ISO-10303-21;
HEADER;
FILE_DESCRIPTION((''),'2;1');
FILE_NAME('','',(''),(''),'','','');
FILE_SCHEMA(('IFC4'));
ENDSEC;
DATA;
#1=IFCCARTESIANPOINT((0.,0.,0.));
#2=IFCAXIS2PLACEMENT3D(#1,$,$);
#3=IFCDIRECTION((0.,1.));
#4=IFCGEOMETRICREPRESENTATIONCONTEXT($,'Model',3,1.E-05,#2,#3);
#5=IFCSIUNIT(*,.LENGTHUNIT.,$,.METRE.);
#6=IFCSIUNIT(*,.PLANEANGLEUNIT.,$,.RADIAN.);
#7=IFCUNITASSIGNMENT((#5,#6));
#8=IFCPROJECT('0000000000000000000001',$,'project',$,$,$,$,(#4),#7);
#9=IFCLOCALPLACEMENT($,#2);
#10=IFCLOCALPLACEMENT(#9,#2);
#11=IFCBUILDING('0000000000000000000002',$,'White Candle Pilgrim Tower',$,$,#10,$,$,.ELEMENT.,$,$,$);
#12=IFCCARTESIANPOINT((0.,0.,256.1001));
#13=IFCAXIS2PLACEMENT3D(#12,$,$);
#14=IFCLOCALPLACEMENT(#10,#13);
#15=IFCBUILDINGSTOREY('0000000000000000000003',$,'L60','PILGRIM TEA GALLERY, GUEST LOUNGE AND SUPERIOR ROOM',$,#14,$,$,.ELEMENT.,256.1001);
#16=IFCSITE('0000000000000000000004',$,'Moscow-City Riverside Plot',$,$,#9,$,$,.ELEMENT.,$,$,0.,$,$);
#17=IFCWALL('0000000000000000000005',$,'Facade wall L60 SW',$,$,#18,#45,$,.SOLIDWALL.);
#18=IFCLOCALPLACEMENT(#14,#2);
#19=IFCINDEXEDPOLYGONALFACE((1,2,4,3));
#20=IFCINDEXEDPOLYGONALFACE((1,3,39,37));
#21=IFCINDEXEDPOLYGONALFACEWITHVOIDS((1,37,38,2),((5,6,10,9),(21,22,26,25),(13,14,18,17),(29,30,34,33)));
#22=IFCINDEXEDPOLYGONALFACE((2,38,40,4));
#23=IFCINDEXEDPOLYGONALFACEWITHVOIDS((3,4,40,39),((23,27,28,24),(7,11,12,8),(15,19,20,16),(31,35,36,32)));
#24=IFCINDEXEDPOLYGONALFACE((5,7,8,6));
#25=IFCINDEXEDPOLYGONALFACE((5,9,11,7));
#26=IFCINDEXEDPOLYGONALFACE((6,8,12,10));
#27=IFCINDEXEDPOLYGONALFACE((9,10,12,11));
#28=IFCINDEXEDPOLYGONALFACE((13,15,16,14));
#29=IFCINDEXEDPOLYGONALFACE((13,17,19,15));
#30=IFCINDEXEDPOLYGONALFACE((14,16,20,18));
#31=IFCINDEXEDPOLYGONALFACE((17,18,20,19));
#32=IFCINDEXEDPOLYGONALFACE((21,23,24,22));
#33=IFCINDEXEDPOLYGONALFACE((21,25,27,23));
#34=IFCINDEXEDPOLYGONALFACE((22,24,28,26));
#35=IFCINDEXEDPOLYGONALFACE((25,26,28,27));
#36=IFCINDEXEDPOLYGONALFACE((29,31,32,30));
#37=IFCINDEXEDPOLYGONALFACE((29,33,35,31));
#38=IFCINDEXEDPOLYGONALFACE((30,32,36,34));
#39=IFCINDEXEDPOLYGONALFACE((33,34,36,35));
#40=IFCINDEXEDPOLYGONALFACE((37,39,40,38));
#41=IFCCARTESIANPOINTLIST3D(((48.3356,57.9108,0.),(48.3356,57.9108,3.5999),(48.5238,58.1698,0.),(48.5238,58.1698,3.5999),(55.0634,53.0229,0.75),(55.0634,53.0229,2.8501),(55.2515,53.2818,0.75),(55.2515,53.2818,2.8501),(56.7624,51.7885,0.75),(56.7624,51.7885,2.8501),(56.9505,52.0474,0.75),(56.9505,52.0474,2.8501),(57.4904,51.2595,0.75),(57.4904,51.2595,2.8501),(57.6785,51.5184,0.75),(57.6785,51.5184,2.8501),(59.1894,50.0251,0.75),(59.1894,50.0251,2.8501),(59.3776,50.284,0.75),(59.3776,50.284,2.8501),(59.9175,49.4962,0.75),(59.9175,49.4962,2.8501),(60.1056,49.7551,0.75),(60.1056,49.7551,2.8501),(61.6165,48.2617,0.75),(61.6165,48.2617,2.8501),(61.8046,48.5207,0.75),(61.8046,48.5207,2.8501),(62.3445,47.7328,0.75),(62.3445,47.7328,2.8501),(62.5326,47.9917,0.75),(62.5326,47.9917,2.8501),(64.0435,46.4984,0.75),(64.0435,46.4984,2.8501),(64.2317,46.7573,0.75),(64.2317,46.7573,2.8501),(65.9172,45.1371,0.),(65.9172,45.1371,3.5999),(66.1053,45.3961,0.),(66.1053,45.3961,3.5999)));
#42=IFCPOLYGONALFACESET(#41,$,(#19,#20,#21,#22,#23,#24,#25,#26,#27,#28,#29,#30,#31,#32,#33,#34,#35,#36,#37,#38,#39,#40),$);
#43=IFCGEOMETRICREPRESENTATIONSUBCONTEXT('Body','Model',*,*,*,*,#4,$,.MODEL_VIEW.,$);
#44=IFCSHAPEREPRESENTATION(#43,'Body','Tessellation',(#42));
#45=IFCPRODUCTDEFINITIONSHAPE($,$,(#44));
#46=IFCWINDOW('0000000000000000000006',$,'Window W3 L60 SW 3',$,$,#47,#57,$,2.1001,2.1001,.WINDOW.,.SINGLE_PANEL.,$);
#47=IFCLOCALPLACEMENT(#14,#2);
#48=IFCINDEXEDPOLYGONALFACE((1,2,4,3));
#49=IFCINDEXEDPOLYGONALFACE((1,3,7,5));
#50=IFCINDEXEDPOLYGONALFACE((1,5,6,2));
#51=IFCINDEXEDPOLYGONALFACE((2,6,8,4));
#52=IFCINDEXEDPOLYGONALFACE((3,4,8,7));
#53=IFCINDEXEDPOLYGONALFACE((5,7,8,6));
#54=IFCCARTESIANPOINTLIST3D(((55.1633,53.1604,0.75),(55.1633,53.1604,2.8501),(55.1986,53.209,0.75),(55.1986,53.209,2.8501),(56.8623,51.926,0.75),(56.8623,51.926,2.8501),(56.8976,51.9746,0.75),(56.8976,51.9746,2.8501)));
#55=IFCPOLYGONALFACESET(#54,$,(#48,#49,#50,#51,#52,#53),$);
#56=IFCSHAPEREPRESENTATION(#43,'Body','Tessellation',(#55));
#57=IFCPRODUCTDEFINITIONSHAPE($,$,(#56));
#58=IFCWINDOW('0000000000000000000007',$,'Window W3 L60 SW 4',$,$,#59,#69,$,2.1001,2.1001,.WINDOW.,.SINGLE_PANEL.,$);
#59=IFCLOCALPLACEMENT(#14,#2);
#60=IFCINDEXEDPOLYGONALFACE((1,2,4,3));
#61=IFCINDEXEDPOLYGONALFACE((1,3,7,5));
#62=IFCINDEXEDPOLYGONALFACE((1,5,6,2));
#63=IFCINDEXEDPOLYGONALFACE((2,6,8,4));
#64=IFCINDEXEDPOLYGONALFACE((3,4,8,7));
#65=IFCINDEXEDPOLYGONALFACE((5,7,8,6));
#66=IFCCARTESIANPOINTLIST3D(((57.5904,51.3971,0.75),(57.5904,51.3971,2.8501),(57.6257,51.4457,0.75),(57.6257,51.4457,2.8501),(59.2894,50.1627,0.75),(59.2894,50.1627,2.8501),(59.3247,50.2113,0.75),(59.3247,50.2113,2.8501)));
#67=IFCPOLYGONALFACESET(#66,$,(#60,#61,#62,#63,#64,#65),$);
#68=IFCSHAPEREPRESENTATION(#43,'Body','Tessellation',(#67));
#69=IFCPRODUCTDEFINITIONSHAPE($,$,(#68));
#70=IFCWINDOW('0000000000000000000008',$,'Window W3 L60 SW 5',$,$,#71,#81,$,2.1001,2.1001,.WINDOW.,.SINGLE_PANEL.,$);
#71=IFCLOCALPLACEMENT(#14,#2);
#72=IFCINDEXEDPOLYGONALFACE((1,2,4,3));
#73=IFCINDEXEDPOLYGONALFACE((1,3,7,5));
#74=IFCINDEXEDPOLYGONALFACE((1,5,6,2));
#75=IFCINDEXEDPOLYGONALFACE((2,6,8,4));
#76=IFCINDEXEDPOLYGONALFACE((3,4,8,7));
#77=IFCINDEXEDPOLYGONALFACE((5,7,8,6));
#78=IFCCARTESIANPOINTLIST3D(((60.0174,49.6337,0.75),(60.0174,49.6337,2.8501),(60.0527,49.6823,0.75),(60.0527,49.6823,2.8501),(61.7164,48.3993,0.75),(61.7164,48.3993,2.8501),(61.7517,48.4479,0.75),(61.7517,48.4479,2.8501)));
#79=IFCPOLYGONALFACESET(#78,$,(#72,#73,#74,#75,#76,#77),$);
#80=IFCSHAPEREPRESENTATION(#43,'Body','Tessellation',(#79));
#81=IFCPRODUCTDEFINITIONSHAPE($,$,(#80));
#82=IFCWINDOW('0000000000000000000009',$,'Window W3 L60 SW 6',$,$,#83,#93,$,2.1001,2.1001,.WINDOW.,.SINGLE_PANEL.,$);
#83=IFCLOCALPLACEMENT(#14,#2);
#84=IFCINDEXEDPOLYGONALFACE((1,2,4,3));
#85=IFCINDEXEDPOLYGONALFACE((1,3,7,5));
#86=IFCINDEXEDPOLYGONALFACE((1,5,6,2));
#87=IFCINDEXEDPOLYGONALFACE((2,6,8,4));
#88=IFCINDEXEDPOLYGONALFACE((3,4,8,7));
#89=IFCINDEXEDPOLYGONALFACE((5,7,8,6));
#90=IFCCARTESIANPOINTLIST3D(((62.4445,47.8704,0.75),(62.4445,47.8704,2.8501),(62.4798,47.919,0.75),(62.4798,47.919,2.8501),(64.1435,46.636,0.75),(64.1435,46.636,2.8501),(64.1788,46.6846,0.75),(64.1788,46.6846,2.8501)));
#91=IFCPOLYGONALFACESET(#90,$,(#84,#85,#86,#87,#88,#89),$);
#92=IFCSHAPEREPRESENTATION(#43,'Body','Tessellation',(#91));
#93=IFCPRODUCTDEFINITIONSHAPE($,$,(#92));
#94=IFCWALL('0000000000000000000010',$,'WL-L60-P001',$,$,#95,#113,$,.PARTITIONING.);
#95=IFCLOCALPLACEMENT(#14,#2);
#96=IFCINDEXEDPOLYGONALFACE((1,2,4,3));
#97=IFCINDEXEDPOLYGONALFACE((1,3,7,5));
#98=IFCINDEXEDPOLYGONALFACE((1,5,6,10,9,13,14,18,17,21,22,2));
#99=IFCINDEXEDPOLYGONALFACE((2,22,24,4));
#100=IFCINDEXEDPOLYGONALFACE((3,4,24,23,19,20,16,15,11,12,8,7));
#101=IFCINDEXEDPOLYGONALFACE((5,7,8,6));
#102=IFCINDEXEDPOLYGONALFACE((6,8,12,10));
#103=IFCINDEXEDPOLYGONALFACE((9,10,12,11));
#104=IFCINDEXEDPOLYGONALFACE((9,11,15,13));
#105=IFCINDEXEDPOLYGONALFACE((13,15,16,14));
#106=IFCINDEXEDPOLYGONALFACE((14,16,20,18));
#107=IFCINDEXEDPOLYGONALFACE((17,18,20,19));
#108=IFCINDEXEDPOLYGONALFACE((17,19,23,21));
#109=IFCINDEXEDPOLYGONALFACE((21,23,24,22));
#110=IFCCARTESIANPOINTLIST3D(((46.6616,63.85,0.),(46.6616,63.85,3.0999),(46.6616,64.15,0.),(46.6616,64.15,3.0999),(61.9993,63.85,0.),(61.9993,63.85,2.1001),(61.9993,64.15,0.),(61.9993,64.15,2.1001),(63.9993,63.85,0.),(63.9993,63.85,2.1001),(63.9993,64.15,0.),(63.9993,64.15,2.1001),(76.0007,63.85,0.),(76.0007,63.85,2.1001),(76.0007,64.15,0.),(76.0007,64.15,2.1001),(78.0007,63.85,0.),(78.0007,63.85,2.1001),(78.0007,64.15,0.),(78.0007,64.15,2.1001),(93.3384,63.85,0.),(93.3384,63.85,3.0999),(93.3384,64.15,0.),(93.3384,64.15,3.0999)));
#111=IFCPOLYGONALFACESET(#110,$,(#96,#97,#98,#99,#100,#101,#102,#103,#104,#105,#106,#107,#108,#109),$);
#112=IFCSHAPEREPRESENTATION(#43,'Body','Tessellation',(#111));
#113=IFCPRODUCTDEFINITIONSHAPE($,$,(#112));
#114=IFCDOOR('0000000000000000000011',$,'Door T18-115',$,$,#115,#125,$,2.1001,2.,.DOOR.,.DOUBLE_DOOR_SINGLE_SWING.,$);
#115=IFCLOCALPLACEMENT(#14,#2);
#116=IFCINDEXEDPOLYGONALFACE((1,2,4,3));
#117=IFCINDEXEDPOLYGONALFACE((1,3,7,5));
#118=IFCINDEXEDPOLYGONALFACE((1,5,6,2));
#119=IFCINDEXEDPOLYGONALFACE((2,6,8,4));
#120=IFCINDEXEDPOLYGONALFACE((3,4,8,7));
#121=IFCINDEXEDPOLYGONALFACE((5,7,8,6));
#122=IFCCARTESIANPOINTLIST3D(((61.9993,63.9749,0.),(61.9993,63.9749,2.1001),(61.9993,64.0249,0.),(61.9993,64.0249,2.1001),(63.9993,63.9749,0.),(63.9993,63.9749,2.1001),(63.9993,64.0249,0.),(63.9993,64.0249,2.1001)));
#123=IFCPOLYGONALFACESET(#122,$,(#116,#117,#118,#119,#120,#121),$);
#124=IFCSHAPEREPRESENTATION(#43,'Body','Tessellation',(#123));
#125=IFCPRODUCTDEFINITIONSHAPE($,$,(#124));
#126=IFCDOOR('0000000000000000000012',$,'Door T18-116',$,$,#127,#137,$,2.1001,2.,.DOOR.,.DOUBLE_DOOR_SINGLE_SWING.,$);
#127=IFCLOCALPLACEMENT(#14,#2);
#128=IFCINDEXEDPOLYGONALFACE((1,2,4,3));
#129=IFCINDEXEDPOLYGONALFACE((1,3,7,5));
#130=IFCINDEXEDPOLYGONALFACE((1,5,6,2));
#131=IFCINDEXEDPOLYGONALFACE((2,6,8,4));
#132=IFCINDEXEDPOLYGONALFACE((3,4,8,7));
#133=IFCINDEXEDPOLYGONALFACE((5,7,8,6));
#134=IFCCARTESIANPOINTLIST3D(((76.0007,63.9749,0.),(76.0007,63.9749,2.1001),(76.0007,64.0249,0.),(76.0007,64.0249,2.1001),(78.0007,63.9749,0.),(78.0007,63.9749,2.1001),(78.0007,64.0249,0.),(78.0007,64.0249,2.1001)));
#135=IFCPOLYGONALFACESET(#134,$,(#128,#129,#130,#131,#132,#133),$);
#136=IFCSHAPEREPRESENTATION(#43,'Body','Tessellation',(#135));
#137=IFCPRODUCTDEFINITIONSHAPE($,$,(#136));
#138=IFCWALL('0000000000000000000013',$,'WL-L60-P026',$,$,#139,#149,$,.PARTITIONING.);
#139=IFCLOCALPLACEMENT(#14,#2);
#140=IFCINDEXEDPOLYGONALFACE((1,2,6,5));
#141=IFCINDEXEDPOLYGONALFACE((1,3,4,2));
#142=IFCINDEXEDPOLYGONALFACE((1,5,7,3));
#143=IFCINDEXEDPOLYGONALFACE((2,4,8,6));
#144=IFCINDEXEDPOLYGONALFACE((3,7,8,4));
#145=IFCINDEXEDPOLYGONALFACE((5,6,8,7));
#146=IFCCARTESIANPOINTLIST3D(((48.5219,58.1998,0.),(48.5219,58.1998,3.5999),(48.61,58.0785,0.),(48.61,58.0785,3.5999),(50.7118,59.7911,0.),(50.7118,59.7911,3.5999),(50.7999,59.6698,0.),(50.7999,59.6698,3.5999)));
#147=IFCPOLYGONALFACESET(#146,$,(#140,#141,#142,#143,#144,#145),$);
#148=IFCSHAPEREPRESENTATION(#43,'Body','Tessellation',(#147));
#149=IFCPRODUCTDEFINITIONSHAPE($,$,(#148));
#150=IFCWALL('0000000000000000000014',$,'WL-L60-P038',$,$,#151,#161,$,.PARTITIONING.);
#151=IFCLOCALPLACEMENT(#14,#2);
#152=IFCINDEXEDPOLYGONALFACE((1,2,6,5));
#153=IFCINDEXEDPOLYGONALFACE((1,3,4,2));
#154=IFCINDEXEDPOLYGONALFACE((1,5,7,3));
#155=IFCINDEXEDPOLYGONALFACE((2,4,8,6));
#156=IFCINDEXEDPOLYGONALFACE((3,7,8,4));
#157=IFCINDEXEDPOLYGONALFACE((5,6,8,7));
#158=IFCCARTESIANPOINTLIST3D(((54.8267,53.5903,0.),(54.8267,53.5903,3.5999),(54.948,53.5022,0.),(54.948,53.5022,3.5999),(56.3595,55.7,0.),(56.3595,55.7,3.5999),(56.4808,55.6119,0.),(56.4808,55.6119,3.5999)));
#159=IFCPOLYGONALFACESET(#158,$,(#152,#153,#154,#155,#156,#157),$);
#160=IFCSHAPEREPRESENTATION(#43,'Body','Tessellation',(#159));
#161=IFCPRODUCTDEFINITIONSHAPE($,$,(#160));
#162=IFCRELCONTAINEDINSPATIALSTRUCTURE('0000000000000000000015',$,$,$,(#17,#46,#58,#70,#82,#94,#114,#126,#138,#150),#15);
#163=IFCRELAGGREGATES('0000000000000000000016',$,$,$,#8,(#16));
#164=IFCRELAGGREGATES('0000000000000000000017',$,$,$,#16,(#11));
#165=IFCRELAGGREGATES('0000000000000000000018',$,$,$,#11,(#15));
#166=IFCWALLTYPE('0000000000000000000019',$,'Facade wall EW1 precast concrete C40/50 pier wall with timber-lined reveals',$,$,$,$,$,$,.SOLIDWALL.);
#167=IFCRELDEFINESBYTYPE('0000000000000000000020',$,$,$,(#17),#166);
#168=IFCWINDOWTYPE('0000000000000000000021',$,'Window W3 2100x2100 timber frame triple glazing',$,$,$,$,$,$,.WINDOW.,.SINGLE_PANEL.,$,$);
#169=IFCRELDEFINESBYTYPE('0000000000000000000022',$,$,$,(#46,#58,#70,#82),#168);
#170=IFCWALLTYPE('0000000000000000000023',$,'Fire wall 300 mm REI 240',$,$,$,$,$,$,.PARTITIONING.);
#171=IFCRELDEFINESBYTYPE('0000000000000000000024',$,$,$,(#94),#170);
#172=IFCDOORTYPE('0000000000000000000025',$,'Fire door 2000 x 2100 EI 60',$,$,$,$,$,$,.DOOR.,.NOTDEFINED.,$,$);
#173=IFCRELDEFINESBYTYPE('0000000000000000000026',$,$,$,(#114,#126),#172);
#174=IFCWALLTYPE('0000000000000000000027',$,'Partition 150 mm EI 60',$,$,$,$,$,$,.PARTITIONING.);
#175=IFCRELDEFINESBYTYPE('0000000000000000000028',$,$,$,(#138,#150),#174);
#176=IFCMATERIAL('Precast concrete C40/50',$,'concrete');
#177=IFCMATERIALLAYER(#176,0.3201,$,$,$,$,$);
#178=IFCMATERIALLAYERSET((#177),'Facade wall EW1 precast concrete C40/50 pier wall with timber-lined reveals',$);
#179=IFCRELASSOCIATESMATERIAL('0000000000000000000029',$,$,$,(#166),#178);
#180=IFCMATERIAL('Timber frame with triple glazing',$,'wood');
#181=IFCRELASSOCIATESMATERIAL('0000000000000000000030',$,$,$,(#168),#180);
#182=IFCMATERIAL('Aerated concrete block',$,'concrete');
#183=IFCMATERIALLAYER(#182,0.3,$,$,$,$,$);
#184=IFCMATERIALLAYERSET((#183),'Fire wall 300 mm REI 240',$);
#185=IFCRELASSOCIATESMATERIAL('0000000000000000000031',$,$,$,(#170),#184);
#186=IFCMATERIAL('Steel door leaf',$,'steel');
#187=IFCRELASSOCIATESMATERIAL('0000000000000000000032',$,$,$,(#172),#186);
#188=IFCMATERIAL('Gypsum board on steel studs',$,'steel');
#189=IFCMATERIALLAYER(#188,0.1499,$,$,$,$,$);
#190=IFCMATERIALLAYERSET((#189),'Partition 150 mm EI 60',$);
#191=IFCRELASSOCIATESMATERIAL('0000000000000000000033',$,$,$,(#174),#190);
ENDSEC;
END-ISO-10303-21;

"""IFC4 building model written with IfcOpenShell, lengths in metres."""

from ifc_helpers import new_model, si_unit, direction, frame, frame_2d, origin, place, context, subcontext, project, spatial, rectangle, extrude, material, layer, layer_set, type_object, element, fill, save


model = new_model("IFC4")

# Units and contexts
model_context = context("Model", 3, precision=1e-05, world=origin(), true_north=direction((0.0, 1.0)))
body_context = subcontext(model_context, "Body", "Model", "MODEL_VIEW")
ifc_project = project(units=[si_unit("LENGTHUNIT", "METRE"), si_unit("PLANEANGLEUNIT", "RADIAN")], contexts=[model_context])

# Site, building, storey
site_placement = place(None, origin())
site = spatial("IfcSite", under=ifc_project, at=site_placement, Name="Moscow-City Riverside Plot", CompositionType="ELEMENT", RefElevation=0.0)
building_placement = place(site_placement, origin())
building = spatial("IfcBuilding", under=site, at=building_placement, Name="White Candle Pilgrim Tower", CompositionType="ELEMENT")
storey_placement = place(building_placement, frame((0.0, 0.0, 256.1001)))
storey = spatial("IfcBuildingStorey", under=building, at=storey_placement, Name="L60", Description="PILGRIM TEA GALLERY, GUEST LOUNGE AND SUPERIOR ROOM", CompositionType="ELEMENT", Elevation=256.1001)

# Shared definitions
ifc_material_1 = material(Name="Gypsum board on steel studs", Category="steel")
ifc_material_2 = material(Name="Steel door leaf", Category="steel")

# Shared definitions
ifc_material_3 = material(Name="Precast concrete C40/50", Category="concrete")
ifc_layer_1 = layer(ifc_material_3, 0.3201)
ifc_layer_set_1 = layer_set([ifc_layer_1], Name="Facade wall EW1 precast concrete C40/50 pier wall with timber-lined reveals")
wall_type_1 = type_object("IfcWallType", Name="Facade wall EW1 precast concrete C40/50 pier wall with timber-lined reveals", PredefinedType="SOLIDWALL", material=ifc_layer_set_1)
ifc_material_4 = material(Name="Timber frame with triple glazing", Category="wood")

# Wall, openings, windows
wall_1_placement = place(storey_placement, frame((48.4297, 58.0403, 0.0), z_axis=(0.0, 0.0, 1.0), x_axis=(0.809018, -0.587784, 0.0)))
wall_1 = element("IfcWall", 1, at=wall_1_placement, inside=storey, type_object=wall_type_1, Name="Facade wall L60 SW", PredefinedType="SOLIDWALL", context=body_context, shape_type="SweptSolid", body=[
    extrude(rectangle(XDim=21.7319, YDim=0.3201, at=frame_2d((10.866, 0.0))), origin(), (0.0, 0.0, 1.0), 3.5999),
])
opening_1_placement = place(wall_1_placement, frame((8.3159, 0.0, 0.75)))
opening_1 = element("IfcOpeningElement", 2, at=opening_1_placement, cuts=wall_1, PredefinedType="OPENING", context=body_context, shape_type="SweptSolid", body=[
    extrude(rectangle(XDim=2.1001, YDim=2.1001, at=frame_2d((1.05, 1.05))), frame((0.0, 0.1699, 0.0), z_axis=(0.0, -1.0, 0.0), x_axis=(1.0, 0.0, 0.0)), (0.0, 0.0, 1.0), 0.3401),
])
opening_2_placement = place(wall_1_placement, frame((11.3159, 0.0, 0.75)))
opening_2 = element("IfcOpeningElement", 3, at=opening_2_placement, cuts=wall_1, PredefinedType="OPENING", context=body_context, shape_type="SweptSolid", body=[
    extrude(rectangle(XDim=2.1001, YDim=2.1001, at=frame_2d((1.05, 1.05))), frame((0.0, 0.1699, 0.0), z_axis=(0.0, -1.0, 0.0), x_axis=(1.0, 0.0, 0.0)), (0.0, 0.0, 1.0), 0.3401),
])
opening_3_placement = place(wall_1_placement, frame((14.3159, 0.0, 0.75)))
opening_3 = element("IfcOpeningElement", 4, at=opening_3_placement, cuts=wall_1, PredefinedType="OPENING", context=body_context, shape_type="SweptSolid", body=[
    extrude(rectangle(XDim=2.1001, YDim=2.1001, at=frame_2d((1.05, 1.05))), frame((0.0, 0.1699, 0.0), z_axis=(0.0, -1.0, 0.0), x_axis=(1.0, 0.0, 0.0)), (0.0, 0.0, 1.0), 0.3401),
])
opening_4_placement = place(wall_1_placement, frame((17.3159, 0.0, 0.75)))
opening_4 = element("IfcOpeningElement", 5, at=opening_4_placement, cuts=wall_1, PredefinedType="OPENING", context=body_context, shape_type="SweptSolid", body=[
    extrude(rectangle(XDim=2.1001, YDim=2.1001, at=frame_2d((1.05, 1.05))), frame((0.0, 0.1699, 0.0), z_axis=(0.0, -1.0, 0.0), x_axis=(1.0, 0.0, 0.0)), (0.0, 0.0, 1.0), 0.3401),
])
window_type_1 = type_object("IfcWindowType", Name="Window W3 2100x2100 timber frame triple glazing", PartitioningType="SINGLE_PANEL", PredefinedType="WINDOW", material=ifc_material_4)
window_1_placement = place(opening_1_placement, origin())
window_1 = element("IfcWindow", 6, at=window_1_placement, inside=storey, type_object=window_type_1, Name="Window W3 L60 SW 3", OverallHeight=2.1001, OverallWidth=2.1001, PartitioningType="SINGLE_PANEL", PredefinedType="WINDOW", context=body_context, shape_type="SweptSolid", body=[
    extrude(rectangle(XDim=2.1001, YDim=2.1001, at=frame_2d((1.05, 1.05))), frame((0.0, 0.0701, 0.0), z_axis=(0.0, -1.0, 0.0), x_axis=(1.0, 0.0, 0.0)), (0.0, 0.0, 1.0), 0.0601),
])
fill(opening_1, window_1)
window_2_placement = place(opening_2_placement, origin())
window_2 = element("IfcWindow", 7, at=window_2_placement, inside=storey, type_object=window_type_1, Name="Window W3 L60 SW 4", OverallHeight=2.1001, OverallWidth=2.1001, PartitioningType="SINGLE_PANEL", PredefinedType="WINDOW", context=body_context, shape_type="SweptSolid", body=[
    extrude(rectangle(XDim=2.1001, YDim=2.1001, at=frame_2d((1.05, 1.05))), frame((0.0, 0.0701, 0.0), z_axis=(0.0, -1.0, 0.0), x_axis=(1.0, 0.0, 0.0)), (0.0, 0.0, 1.0), 0.0601),
])
fill(opening_2, window_2)
window_3_placement = place(opening_3_placement, origin())
window_3 = element("IfcWindow", 8, at=window_3_placement, inside=storey, type_object=window_type_1, Name="Window W3 L60 SW 5", OverallHeight=2.1001, OverallWidth=2.1001, PartitioningType="SINGLE_PANEL", PredefinedType="WINDOW", context=body_context, shape_type="SweptSolid", body=[
    extrude(rectangle(XDim=2.1001, YDim=2.1001, at=frame_2d((1.05, 1.05))), frame((0.0, 0.0701, 0.0), z_axis=(0.0, -1.0, 0.0), x_axis=(1.0, 0.0, 0.0)), (0.0, 0.0, 1.0), 0.0601),
])
fill(opening_3, window_3)
window_4_placement = place(opening_4_placement, origin())
window_4 = element("IfcWindow", 9, at=window_4_placement, inside=storey, type_object=window_type_1, Name="Window W3 L60 SW 6", OverallHeight=2.1001, OverallWidth=2.1001, PartitioningType="SINGLE_PANEL", PredefinedType="WINDOW", context=body_context, shape_type="SweptSolid", body=[
    extrude(rectangle(XDim=2.1001, YDim=2.1001, at=frame_2d((1.05, 1.05))), frame((0.0, 0.0701, 0.0), z_axis=(0.0, -1.0, 0.0), x_axis=(1.0, 0.0, 0.0)), (0.0, 0.0, 1.0), 0.0601),
])
fill(opening_4, window_4)

# Wall, openings, doors
ifc_material_5 = material(Name="Aerated concrete block", Category="concrete")
ifc_layer_2 = layer(ifc_material_5, 0.3)
ifc_layer_set_2 = layer_set([ifc_layer_2], Name="Fire wall 300 mm REI 240")
wall_type_2 = type_object("IfcWallType", Name="Fire wall 300 mm REI 240", PredefinedType="PARTITIONING", material=ifc_layer_set_2)
wall_2_placement = place(storey_placement, frame((46.6616, 64.0, 0.0), z_axis=(0.0, 0.0, 1.0), x_axis=(1.0, 0.0, 0.0)))
wall_2 = element("IfcWall", 10, at=wall_2_placement, inside=storey, type_object=wall_type_2, Name="WL-L60-P001", PredefinedType="PARTITIONING", context=body_context, shape_type="SweptSolid", body=[
    extrude(rectangle(XDim=46.6768, YDim=0.3, at=frame_2d((23.3384, 0.0))), origin(), (0.0, 0.0, 1.0), 3.0999),
])
opening_5_placement = place(wall_2_placement, frame((15.3376, 0.0, 0.0)))
opening_5 = element("IfcOpeningElement", 11, at=opening_5_placement, cuts=wall_2, PredefinedType="OPENING", context=body_context, shape_type="SweptSolid", body=[
    extrude(rectangle(XDim=2.0, YDim=2.1001, at=frame_2d((1.0, 1.05))), frame((0.0, 0.1599, 0.0), z_axis=(0.0, -1.0, 0.0), x_axis=(1.0, 0.0, 0.0)), (0.0, 0.0, 1.0), 0.3201),
])
opening_6_placement = place(wall_2_placement, frame((29.3391, 0.0, 0.0)))
opening_6 = element("IfcOpeningElement", 12, at=opening_6_placement, cuts=wall_2, PredefinedType="OPENING", context=body_context, shape_type="SweptSolid", body=[
    extrude(rectangle(XDim=2.0, YDim=2.1001, at=frame_2d((1.0, 1.05))), frame((0.0, 0.1599, 0.0), z_axis=(0.0, -1.0, 0.0), x_axis=(1.0, 0.0, 0.0)), (0.0, 0.0, 1.0), 0.3201),
])
door_type_1 = type_object("IfcDoorType", Name="Fire door 2000 x 2100 EI 60", OperationType="NOTDEFINED", PredefinedType="DOOR", material=ifc_material_2)
door_1_placement = place(opening_5_placement, origin())
door_1 = element("IfcDoor", 13, at=door_1_placement, inside=storey, type_object=door_type_1, Name="Door T18-115", OperationType="DOUBLE_DOOR_SINGLE_SWING", OverallHeight=2.1001, OverallWidth=2.0, PredefinedType="DOOR", context=body_context, shape_type="SweptSolid", body=[
    extrude(rectangle(XDim=2.0, YDim=2.1001, at=frame_2d((1.0, 1.05))), frame((0.0, 0.0249, 0.0), z_axis=(0.0, -1.0, 0.0), x_axis=(1.0, 0.0, 0.0)), (0.0, 0.0, 1.0), 0.05),
])
fill(opening_5, door_1)
door_2_placement = place(opening_6_placement, origin())
door_2 = element("IfcDoor", 14, at=door_2_placement, inside=storey, type_object=door_type_1, Name="Door T18-116", OperationType="DOUBLE_DOOR_SINGLE_SWING", OverallHeight=2.1001, OverallWidth=2.0, PredefinedType="DOOR", context=body_context, shape_type="SweptSolid", body=[
    extrude(rectangle(XDim=2.0, YDim=2.1001, at=frame_2d((1.0, 1.05))), frame((0.0, 0.0249, 0.0), z_axis=(0.0, -1.0, 0.0), x_axis=(1.0, 0.0, 0.0)), (0.0, 0.0, 1.0), 0.05),
])
fill(opening_6, door_2)

# Walls
ifc_layer_3 = layer(ifc_material_1, 0.1499)
ifc_layer_set_3 = layer_set([ifc_layer_3], Name="Partition 150 mm EI 60")
wall_type_3 = type_object("IfcWallType", Name="Partition 150 mm EI 60", PredefinedType="PARTITIONING", material=ifc_layer_set_3)
wall_3_placement = place(storey_placement, frame((48.5659, 58.1392, 0.0), z_axis=(0.0, 0.0, 1.0), x_axis=(0.808978, 0.587839, 0.0)))
element("IfcWall", 15, at=wall_3_placement, inside=storey, type_object=wall_type_3, Name="WL-L60-P026", PredefinedType="PARTITIONING", context=body_context, shape_type="SweptSolid", body=[
    extrude(rectangle(XDim=2.707, YDim=0.1499, at=frame_2d((1.3535, 0.0))), origin(), (0.0, 0.0, 1.0), 3.5999),
])
wall_4_placement = place(storey_placement, frame((54.8875, 53.5464, 0.0), z_axis=(0.0, 0.0, 1.0), x_axis=(0.587782, 0.809019, 0.0)))
element("IfcWall", 16, at=wall_4_placement, inside=storey, type_object=wall_type_3, Name="WL-L60-P038", PredefinedType="PARTITIONING", context=body_context, shape_type="SweptSolid", body=[
    extrude(rectangle(XDim=2.6077, YDim=0.1499, at=frame_2d((1.3037, 0.0))), origin(), (0.0, 0.0, 1.0), 3.5999),
])

save(model, "model.ifc")
